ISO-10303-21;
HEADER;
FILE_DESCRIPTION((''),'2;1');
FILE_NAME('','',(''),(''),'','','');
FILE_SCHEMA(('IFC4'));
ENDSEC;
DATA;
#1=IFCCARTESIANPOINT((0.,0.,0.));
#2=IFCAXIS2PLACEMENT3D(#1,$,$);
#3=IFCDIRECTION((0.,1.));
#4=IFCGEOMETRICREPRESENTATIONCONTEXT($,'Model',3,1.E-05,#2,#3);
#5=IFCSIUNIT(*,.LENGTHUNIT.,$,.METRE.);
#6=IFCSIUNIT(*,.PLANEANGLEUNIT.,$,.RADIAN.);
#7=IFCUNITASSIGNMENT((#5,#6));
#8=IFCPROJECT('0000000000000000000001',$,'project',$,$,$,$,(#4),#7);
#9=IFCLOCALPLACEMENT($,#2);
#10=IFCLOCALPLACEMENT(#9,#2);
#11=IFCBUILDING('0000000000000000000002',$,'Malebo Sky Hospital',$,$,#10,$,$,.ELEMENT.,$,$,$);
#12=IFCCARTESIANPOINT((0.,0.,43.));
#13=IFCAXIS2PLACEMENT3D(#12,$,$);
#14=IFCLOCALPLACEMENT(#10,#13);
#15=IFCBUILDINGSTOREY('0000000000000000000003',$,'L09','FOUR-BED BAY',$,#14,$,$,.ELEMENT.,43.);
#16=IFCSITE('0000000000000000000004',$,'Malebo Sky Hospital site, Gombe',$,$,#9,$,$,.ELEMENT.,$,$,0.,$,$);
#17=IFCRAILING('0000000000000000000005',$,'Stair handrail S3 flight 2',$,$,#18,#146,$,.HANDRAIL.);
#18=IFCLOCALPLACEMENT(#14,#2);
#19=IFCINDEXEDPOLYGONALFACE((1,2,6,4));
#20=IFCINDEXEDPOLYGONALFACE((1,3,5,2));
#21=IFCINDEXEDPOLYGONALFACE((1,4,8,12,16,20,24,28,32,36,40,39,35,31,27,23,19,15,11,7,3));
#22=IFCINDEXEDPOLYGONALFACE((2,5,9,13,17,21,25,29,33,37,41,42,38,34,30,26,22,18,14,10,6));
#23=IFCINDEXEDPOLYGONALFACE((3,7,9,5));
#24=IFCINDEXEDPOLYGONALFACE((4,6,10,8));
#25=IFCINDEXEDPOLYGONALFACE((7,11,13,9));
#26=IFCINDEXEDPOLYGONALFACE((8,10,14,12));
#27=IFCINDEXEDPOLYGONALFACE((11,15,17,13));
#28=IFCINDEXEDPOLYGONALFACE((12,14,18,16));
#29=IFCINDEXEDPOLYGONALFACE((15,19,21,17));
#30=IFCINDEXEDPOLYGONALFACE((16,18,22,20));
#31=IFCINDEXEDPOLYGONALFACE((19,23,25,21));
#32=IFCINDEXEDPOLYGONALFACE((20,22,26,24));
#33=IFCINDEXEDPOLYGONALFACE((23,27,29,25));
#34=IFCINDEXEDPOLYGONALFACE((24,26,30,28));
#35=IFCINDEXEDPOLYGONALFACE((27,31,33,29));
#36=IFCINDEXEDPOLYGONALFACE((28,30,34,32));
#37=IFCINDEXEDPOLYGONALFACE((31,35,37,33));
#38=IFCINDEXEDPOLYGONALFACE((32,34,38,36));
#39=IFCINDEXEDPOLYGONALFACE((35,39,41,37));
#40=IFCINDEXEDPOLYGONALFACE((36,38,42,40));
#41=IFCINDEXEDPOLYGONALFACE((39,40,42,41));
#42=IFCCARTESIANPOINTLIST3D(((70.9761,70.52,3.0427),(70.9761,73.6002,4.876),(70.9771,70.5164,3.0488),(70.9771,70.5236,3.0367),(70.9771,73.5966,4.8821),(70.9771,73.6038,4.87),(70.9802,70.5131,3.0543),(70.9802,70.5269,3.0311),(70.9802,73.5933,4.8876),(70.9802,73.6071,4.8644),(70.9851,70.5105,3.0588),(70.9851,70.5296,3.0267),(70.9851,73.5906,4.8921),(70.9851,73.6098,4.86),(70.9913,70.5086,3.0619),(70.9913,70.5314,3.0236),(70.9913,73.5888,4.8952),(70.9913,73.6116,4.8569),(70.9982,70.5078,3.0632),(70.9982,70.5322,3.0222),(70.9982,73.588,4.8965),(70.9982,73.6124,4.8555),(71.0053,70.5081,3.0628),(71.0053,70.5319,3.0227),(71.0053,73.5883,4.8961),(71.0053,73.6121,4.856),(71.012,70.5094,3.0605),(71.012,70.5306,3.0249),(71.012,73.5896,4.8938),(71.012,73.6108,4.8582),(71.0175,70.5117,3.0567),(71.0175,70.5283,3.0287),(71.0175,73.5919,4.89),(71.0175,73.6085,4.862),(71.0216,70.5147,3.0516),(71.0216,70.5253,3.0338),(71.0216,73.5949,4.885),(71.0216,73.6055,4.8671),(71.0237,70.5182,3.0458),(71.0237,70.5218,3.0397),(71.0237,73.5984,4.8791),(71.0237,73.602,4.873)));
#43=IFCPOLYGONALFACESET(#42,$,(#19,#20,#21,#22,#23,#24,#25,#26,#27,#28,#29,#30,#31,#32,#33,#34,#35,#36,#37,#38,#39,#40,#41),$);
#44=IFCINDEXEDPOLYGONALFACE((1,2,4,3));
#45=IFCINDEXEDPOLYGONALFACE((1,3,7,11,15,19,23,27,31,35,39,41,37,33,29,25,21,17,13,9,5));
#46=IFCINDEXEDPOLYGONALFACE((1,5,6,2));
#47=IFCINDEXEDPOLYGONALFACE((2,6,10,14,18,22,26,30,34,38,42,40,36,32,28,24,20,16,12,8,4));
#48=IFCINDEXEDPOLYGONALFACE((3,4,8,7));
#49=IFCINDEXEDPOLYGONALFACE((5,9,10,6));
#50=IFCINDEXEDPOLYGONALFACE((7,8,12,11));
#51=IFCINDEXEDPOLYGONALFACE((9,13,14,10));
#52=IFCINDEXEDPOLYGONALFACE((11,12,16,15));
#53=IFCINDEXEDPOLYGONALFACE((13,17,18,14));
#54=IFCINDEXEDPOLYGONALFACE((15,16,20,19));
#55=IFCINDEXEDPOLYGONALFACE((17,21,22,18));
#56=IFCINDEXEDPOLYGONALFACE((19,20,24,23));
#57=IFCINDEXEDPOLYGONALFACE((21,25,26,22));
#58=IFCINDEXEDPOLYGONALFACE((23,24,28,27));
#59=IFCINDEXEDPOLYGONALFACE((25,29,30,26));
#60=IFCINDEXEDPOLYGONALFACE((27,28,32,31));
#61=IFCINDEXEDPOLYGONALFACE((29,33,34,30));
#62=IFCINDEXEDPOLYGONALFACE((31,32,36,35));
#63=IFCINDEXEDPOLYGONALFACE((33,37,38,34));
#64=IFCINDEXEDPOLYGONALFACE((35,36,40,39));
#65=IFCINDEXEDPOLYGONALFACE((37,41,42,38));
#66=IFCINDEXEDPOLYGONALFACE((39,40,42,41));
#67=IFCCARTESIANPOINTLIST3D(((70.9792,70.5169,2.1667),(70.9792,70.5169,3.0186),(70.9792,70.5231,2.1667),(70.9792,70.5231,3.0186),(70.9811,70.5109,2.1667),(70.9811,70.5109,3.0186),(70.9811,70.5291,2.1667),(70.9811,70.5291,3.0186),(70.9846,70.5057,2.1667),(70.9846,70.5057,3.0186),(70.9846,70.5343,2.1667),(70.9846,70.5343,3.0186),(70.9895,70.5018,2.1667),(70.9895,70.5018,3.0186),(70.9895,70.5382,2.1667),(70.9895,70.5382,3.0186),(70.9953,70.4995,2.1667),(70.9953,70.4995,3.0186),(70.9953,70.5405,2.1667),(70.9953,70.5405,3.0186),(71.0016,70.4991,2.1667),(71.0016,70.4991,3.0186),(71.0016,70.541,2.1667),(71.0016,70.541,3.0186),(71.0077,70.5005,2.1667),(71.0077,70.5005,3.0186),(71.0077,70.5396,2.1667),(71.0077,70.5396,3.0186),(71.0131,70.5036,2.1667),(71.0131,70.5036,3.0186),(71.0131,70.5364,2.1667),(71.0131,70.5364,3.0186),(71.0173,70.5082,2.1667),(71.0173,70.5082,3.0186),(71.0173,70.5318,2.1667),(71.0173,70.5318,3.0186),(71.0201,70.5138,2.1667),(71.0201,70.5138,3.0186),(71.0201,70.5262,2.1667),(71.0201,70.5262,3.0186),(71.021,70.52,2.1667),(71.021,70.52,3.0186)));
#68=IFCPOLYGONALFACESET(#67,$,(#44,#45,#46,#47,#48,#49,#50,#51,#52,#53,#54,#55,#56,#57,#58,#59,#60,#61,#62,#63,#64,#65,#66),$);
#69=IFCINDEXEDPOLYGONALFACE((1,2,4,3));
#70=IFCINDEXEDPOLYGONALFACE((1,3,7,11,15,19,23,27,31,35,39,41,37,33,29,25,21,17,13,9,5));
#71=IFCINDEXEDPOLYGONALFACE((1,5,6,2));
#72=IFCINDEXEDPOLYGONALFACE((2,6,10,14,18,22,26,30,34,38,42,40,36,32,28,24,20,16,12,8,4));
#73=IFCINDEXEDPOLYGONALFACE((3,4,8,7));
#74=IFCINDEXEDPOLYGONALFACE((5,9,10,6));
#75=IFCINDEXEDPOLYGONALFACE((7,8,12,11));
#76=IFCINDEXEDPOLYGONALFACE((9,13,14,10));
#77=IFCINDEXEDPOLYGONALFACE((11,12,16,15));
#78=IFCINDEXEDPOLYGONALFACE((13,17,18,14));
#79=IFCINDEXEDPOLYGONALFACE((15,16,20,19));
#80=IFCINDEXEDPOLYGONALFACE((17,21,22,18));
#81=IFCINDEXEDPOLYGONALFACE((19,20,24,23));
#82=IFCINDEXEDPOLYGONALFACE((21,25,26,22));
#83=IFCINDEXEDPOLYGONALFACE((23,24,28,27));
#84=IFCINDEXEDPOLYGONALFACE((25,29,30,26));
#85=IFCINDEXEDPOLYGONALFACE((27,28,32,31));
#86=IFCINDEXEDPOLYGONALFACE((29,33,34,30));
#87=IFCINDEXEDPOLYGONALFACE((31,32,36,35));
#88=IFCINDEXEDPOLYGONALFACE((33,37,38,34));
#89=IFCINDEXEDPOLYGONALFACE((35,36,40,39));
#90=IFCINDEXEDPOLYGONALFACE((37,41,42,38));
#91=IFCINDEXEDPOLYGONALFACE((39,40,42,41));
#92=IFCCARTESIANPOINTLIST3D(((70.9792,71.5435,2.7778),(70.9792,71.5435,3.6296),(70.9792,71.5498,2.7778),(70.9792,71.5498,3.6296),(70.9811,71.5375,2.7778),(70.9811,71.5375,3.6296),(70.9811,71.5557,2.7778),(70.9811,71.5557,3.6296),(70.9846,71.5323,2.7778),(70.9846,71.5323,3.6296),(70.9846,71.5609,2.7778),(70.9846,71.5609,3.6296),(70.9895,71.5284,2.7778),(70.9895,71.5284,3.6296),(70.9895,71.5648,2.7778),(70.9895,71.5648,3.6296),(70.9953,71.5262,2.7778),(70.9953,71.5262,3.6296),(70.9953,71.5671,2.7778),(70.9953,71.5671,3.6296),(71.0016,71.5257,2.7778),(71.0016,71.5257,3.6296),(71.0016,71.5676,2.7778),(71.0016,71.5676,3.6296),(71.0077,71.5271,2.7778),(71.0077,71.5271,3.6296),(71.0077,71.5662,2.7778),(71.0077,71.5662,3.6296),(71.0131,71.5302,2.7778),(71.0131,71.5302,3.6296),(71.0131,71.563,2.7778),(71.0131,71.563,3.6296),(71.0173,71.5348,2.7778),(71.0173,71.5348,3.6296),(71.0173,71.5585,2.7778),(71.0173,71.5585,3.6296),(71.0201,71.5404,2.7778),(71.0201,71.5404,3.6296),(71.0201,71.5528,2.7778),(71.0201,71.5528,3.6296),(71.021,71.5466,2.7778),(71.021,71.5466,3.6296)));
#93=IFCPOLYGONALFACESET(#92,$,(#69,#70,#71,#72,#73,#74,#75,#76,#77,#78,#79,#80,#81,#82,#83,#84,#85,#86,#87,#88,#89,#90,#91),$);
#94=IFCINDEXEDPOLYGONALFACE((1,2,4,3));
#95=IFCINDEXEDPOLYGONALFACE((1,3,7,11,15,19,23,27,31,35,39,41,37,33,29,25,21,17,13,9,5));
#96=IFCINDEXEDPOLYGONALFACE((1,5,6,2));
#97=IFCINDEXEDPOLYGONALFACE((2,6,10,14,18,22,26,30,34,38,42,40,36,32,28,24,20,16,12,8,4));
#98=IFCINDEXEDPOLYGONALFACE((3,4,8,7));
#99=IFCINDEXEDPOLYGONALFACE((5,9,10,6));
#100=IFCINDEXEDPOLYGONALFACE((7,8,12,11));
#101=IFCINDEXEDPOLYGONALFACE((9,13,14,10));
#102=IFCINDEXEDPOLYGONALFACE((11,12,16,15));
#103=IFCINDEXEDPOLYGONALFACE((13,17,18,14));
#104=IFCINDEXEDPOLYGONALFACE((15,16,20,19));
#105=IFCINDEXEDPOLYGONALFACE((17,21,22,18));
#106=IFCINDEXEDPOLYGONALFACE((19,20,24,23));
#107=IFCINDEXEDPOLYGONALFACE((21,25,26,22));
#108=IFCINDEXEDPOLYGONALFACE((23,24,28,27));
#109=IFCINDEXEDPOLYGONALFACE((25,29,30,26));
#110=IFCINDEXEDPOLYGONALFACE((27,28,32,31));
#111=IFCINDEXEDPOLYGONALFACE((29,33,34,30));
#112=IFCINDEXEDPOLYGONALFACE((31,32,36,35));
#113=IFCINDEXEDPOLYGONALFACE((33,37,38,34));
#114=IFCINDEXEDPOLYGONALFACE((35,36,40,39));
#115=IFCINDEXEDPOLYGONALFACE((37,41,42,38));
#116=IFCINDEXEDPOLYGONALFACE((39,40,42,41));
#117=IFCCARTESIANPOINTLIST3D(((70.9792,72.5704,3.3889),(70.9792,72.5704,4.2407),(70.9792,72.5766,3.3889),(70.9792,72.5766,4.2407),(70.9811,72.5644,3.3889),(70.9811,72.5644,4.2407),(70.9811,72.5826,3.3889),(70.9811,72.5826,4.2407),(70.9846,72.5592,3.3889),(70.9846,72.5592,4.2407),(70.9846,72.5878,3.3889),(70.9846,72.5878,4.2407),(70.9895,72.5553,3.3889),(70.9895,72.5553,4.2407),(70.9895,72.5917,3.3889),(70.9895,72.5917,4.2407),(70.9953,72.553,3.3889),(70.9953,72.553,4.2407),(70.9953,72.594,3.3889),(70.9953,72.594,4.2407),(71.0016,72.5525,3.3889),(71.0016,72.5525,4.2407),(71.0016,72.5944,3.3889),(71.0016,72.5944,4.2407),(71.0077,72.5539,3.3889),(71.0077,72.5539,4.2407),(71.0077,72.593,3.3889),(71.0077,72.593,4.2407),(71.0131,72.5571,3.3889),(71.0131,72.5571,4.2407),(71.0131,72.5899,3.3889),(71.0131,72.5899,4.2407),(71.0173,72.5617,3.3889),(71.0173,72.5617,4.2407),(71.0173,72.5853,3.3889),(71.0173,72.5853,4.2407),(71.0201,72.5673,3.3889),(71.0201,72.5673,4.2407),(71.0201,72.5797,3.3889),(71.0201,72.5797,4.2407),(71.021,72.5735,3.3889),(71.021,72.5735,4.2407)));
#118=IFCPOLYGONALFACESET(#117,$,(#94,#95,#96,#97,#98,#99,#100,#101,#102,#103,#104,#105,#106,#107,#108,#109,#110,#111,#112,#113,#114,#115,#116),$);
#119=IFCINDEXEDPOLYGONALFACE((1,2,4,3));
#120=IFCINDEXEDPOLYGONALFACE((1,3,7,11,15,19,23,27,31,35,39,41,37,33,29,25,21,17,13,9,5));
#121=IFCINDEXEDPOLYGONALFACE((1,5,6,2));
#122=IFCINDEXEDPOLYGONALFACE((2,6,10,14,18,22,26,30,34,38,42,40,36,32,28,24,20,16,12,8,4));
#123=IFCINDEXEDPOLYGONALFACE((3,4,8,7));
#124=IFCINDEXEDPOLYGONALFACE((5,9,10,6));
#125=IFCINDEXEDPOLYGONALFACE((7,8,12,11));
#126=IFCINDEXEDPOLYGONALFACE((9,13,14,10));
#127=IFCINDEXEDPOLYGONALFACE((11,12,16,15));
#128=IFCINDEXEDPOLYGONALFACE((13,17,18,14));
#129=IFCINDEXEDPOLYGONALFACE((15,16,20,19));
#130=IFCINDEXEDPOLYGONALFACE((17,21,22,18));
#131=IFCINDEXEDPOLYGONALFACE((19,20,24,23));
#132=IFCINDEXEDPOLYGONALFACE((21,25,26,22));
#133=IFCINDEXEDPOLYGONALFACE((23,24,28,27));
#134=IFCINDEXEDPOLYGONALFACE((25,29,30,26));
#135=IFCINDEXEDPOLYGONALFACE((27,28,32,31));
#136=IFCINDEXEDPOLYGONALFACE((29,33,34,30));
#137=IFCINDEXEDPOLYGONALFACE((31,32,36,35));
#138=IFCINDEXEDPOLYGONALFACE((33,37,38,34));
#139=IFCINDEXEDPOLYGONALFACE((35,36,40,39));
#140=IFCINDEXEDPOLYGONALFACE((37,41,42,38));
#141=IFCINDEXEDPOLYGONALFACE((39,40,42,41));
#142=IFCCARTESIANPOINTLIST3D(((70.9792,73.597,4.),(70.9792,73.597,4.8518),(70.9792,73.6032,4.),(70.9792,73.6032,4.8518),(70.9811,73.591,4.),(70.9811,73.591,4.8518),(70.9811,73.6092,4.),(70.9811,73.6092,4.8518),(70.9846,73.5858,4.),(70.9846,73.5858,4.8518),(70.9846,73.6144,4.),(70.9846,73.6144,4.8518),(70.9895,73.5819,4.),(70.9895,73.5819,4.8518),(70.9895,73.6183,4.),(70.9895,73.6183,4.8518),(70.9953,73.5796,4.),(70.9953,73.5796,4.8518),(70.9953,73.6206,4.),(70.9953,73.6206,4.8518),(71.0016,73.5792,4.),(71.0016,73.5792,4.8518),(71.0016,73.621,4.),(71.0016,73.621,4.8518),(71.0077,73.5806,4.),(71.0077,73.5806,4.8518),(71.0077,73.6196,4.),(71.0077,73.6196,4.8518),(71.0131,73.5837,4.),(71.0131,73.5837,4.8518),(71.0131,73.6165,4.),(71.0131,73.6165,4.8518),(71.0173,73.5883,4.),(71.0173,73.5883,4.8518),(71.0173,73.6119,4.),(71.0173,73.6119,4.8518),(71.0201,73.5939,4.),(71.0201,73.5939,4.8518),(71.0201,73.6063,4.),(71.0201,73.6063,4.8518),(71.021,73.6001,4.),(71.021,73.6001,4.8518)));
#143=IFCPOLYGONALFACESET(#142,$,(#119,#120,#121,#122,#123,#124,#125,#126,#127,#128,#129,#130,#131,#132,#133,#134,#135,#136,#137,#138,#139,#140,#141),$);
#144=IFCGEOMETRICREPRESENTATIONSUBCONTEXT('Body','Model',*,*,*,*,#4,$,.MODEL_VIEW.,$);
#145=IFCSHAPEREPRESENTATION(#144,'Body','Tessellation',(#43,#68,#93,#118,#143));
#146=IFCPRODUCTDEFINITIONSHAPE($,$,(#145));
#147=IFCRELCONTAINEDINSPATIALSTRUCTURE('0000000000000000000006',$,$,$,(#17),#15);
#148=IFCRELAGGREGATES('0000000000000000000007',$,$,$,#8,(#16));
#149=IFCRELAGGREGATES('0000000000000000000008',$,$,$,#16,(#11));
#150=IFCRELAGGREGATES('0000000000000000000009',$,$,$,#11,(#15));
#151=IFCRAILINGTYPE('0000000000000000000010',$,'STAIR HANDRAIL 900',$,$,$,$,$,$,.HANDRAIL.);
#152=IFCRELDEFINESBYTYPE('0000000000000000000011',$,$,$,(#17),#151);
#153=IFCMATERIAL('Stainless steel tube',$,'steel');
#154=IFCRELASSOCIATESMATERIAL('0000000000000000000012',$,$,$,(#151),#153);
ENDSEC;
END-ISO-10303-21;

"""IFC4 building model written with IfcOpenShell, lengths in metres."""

from ifc_helpers import new_model, si_unit, direction, frame, origin, origin_2d, place, context, subcontext, project, spatial, circle, extrude, material, type_object, element, save


model = new_model("IFC4")

# Units and contexts
model_context = context("Model", 3, precision=1e-05, world=origin(), true_north=direction((0.0, 1.0)))
body_context = subcontext(model_context, "Body", "Model", "MODEL_VIEW")
ifc_project = project(units=[si_unit("LENGTHUNIT", "METRE"), si_unit("PLANEANGLEUNIT", "RADIAN")], contexts=[model_context])

# Site, building, storey
site_placement = place(None, origin())
site = spatial("IfcSite", under=ifc_project, at=site_placement, Name="Malebo Sky Hospital site, Gombe", CompositionType="ELEMENT", RefElevation=0.0)
building_placement = place(site_placement, origin())
building = spatial("IfcBuilding", under=site, at=building_placement, Name="Malebo Sky Hospital", CompositionType="ELEMENT")
storey_placement = place(building_placement, frame((0.0, 0.0, 43.0)))
storey = spatial("IfcBuildingStorey", under=building, at=storey_placement, Name="L09", Description="FOUR-BED BAY", CompositionType="ELEMENT", Elevation=43.0)

# Railing
ifc_material_1 = material(Name="Stainless steel tube", Category="steel")
railing_type = type_object("IfcRailingType", Name="STAIR HANDRAIL 900", PredefinedType="HANDRAIL", material=ifc_material_1)
railing_1_placement = place(storey_placement, frame((71.0, 70.52, 2.1667)))
element("IfcRailing", 1, at=railing_1_placement, inside=storey, type_object=railing_type, Name="Stair handrail S3 flight 2", PredefinedType="HANDRAIL", context=body_context, shape_type="SweptSolid", body=[
    extrude(circle(Radius=0.0239, at=origin_2d()), frame((0.0, 0.0, 0.876), z_axis=(0.0, 0.859309, 0.511458), x_axis=(-1.0, 0.0, 0.0)), (0.0, 0.0, 1.0), 3.5845),
    extrude(circle(Radius=0.021, at=origin_2d()), origin(), (0.0, 0.0, 1.0), 0.8518),
    extrude(circle(Radius=0.021, at=origin_2d()), frame((0.0, 1.0266, 0.6111)), (0.0, 0.0, 1.0), 0.8518),
    extrude(circle(Radius=0.021, at=origin_2d()), frame((0.0, 2.0535, 1.2222)), (0.0, 0.0, 1.0), 0.8518),
    extrude(circle(Radius=0.021, at=origin_2d()), frame((0.0, 3.0801, 1.8333)), (0.0, 0.0, 1.0), 0.8518),
])

save(model, "model.ifc")
